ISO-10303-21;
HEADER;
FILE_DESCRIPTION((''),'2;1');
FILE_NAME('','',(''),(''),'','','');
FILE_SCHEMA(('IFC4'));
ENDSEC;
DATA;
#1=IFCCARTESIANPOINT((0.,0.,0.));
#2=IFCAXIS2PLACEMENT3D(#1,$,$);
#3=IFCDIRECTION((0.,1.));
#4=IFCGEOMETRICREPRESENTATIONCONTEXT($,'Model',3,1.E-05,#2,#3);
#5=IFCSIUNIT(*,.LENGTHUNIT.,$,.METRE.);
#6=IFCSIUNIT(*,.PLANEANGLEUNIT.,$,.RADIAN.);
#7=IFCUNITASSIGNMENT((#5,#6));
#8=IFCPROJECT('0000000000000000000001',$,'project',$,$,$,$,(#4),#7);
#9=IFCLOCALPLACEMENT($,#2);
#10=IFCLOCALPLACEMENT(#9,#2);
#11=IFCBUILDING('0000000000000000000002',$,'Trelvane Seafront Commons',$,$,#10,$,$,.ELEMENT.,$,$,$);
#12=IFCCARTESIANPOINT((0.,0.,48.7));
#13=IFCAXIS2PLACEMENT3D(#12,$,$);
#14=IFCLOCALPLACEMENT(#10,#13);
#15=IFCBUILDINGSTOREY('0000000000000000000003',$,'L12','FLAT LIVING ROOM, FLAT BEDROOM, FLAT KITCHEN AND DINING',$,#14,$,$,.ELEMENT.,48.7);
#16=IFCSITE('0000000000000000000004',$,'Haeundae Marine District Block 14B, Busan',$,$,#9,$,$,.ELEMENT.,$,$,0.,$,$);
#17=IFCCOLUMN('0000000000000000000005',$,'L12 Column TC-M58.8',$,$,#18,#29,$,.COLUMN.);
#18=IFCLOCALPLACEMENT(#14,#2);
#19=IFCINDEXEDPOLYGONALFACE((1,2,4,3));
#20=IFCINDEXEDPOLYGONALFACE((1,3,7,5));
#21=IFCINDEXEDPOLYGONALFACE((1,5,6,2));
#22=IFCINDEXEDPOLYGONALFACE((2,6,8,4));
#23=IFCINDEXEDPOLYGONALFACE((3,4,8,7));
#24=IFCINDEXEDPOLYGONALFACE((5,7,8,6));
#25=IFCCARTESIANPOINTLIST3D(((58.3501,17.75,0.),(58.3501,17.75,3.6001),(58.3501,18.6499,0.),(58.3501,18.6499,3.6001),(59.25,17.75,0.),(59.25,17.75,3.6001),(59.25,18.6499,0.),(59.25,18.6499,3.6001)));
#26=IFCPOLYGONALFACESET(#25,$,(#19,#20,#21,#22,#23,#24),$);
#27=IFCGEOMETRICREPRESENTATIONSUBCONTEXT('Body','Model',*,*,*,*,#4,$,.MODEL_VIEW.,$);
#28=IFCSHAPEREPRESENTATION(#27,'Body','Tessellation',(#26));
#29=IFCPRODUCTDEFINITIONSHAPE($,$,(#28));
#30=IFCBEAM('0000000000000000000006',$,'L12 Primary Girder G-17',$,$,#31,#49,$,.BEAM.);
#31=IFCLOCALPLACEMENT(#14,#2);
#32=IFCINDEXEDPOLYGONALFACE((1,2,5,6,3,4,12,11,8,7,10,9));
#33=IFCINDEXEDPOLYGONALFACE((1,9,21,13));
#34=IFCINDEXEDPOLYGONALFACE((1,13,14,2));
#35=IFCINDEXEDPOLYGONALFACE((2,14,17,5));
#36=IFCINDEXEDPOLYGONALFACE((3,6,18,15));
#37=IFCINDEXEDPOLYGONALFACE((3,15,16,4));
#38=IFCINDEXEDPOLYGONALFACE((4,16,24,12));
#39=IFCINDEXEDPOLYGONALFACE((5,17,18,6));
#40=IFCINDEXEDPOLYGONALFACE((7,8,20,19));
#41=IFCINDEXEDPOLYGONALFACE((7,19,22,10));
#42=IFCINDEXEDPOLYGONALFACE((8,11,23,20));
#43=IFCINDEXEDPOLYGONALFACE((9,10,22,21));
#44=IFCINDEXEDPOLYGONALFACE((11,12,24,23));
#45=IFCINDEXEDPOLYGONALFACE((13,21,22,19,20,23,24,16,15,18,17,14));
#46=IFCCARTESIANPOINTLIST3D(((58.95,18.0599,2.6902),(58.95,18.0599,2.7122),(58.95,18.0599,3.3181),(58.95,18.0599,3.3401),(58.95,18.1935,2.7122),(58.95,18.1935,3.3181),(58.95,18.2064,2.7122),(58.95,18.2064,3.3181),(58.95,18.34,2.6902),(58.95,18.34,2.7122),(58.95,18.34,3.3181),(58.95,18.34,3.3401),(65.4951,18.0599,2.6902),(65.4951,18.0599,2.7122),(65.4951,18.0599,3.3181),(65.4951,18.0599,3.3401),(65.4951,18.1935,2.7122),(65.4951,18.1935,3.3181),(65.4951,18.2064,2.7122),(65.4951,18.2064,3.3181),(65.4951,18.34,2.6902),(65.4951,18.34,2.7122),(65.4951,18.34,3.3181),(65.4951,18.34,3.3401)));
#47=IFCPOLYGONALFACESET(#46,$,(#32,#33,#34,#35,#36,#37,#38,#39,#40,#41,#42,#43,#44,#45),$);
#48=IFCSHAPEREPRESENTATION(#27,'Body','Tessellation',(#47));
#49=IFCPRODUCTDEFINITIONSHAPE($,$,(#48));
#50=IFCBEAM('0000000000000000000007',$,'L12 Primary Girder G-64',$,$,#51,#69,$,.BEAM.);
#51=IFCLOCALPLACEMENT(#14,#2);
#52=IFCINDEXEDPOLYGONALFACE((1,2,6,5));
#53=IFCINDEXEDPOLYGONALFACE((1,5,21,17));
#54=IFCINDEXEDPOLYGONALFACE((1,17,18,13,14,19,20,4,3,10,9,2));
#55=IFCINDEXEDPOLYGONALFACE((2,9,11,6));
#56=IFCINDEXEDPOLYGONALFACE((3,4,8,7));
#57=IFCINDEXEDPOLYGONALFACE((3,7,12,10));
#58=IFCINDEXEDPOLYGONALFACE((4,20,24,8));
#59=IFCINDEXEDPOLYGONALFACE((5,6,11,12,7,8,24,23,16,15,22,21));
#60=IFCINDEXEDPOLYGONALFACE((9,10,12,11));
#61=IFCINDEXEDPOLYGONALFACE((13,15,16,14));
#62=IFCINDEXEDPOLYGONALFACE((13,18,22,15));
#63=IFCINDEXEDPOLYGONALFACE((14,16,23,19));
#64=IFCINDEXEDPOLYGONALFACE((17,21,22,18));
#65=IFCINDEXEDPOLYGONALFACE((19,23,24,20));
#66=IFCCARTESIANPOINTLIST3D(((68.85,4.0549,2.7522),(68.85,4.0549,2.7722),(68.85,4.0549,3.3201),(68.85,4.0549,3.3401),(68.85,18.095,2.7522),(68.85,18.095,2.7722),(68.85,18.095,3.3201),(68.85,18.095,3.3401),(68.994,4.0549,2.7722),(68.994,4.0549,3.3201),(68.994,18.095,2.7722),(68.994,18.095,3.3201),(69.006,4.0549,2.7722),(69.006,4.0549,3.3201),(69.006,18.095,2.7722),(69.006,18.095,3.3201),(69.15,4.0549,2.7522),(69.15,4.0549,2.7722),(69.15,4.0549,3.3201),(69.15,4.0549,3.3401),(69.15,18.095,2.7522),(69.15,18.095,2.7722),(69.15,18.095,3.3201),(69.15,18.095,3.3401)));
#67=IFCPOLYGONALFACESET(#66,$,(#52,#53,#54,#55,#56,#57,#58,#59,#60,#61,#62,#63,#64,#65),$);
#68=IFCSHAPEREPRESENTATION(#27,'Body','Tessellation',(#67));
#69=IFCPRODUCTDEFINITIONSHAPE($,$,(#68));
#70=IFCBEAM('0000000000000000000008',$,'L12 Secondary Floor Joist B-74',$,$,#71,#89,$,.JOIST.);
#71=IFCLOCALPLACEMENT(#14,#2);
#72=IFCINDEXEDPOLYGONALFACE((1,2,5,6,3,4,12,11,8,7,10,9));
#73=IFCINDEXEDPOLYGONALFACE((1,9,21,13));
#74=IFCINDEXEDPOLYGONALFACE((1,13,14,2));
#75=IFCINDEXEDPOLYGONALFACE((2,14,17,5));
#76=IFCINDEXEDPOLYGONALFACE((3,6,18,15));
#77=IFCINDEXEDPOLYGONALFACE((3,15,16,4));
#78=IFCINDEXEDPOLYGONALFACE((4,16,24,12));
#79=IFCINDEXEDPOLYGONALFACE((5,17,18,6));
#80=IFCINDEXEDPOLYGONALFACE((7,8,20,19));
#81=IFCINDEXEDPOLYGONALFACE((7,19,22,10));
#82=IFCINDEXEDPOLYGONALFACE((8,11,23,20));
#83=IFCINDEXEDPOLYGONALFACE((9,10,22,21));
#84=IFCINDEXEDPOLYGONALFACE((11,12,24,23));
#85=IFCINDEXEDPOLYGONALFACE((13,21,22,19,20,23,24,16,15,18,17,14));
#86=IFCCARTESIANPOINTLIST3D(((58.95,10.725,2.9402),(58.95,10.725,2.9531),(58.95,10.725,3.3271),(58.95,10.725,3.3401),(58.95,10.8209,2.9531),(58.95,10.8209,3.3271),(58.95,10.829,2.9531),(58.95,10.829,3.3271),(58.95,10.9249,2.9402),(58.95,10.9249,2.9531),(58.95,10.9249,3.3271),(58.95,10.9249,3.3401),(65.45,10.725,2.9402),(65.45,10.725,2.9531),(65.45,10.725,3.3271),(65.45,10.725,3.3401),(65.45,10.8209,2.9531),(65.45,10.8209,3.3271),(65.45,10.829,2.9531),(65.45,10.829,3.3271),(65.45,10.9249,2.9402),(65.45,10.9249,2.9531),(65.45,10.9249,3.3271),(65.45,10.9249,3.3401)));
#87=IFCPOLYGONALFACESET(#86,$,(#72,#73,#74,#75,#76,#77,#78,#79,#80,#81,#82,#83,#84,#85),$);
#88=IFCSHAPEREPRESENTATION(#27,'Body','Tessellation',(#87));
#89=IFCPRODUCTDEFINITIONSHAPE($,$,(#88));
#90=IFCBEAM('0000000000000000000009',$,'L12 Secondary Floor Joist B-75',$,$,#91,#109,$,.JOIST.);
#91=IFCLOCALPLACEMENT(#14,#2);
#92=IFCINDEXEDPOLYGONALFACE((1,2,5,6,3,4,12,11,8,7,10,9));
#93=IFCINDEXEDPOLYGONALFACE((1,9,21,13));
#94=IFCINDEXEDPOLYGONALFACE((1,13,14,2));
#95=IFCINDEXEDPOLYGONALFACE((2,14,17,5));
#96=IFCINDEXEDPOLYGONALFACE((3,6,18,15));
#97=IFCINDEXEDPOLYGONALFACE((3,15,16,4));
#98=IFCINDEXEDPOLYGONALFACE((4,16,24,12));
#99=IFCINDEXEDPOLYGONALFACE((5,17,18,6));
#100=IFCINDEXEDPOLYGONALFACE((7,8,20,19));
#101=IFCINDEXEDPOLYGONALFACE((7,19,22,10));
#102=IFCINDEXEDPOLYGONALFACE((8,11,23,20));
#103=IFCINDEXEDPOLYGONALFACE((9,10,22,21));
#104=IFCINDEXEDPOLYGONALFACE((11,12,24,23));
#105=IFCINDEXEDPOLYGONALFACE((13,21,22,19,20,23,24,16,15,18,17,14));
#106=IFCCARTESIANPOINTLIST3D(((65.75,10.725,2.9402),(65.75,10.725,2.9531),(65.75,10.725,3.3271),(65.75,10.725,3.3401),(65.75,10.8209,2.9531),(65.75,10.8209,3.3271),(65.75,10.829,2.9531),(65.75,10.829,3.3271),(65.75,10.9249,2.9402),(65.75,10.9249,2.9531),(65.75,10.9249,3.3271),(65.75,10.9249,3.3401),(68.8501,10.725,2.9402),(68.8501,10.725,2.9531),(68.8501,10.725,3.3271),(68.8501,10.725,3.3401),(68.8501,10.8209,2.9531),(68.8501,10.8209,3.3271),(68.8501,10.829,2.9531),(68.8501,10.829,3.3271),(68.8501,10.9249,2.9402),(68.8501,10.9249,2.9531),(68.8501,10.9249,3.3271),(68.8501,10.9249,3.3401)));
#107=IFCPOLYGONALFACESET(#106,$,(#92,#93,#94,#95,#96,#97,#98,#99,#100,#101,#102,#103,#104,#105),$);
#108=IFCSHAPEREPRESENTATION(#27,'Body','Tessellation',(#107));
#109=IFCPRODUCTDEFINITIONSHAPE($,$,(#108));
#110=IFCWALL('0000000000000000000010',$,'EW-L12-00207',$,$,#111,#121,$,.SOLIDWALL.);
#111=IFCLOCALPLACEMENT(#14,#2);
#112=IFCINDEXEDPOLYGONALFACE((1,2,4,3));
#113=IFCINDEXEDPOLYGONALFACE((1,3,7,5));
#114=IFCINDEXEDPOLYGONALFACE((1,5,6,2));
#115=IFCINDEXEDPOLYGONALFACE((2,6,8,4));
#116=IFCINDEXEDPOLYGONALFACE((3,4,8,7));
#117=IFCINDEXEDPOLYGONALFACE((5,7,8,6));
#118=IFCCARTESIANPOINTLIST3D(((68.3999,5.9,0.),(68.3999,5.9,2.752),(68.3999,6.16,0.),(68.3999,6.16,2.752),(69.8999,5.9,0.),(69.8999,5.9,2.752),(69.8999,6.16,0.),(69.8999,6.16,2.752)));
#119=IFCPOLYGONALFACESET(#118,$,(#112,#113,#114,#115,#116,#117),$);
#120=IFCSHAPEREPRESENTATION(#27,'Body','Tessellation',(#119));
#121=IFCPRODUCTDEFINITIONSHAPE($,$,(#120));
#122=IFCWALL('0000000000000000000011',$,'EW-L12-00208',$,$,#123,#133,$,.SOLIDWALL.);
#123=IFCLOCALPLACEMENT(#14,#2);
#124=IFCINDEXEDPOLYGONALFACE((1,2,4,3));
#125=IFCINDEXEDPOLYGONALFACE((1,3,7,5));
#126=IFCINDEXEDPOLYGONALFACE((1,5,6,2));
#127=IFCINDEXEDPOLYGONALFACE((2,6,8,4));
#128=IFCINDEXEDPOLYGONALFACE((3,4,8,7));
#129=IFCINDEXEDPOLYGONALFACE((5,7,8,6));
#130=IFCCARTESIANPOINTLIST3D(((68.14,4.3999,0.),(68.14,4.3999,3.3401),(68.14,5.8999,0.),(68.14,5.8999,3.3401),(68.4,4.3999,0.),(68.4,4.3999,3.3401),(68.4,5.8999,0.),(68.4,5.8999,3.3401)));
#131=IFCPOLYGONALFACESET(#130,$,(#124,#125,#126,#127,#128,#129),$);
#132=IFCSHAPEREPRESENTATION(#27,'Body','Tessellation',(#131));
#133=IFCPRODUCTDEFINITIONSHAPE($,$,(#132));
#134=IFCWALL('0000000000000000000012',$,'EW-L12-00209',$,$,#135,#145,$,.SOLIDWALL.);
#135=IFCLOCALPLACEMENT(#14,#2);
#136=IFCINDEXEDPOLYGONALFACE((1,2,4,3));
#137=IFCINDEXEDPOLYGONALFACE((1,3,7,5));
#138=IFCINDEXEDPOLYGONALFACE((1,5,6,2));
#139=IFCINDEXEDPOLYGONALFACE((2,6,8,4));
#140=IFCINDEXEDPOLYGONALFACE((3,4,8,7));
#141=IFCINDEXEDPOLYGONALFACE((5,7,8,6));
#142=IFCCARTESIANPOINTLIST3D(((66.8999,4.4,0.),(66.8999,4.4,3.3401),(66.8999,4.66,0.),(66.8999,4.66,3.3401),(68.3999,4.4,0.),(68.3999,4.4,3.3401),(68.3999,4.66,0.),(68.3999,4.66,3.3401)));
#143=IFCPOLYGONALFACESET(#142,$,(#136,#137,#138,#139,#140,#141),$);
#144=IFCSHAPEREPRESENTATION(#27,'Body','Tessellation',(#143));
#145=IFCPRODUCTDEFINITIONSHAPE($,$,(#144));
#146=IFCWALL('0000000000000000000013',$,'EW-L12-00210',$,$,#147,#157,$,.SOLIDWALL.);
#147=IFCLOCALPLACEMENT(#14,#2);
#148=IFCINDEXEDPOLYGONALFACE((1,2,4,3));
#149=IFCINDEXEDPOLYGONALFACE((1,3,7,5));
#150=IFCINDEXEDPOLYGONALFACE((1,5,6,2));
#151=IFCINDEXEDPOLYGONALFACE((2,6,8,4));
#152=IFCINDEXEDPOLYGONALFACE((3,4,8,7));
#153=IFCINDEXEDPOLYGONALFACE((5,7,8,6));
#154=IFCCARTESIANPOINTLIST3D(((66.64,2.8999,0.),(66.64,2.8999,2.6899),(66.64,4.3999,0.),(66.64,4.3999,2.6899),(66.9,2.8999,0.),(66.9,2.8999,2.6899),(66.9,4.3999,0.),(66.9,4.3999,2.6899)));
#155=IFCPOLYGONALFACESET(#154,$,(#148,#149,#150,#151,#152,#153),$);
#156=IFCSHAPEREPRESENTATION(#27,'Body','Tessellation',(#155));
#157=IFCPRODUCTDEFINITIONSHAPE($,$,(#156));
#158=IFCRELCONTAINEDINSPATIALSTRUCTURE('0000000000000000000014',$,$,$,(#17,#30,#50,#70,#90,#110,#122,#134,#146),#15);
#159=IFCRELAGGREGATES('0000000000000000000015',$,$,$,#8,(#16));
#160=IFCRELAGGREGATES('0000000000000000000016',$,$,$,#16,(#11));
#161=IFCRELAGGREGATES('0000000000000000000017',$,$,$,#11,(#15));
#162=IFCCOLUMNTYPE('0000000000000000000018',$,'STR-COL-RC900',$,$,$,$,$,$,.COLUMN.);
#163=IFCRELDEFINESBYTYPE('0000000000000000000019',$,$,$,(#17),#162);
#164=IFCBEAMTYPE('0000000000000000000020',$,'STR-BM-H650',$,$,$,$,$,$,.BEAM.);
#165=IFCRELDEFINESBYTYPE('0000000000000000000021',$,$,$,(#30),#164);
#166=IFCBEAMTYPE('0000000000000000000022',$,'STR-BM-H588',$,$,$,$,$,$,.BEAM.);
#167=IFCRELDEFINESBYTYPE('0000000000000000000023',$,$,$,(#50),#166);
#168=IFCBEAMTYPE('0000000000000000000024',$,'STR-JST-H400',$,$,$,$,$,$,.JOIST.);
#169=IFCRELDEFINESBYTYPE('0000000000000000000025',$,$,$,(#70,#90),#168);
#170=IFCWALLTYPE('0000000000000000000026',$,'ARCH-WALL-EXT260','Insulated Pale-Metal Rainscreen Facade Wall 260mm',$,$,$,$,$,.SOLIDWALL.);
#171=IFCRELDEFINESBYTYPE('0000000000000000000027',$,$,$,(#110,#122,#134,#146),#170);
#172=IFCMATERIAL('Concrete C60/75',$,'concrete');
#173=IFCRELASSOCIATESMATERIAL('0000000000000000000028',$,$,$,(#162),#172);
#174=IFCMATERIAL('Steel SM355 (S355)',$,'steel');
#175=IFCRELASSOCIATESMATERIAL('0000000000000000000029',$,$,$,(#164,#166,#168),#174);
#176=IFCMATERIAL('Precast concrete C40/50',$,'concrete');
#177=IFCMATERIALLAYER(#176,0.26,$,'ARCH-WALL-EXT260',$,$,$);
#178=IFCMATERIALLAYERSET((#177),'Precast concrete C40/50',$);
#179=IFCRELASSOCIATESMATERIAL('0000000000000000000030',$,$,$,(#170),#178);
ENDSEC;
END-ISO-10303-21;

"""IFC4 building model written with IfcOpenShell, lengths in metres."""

from ifc_helpers import new_model, si_unit, direction, frame, frame_2d, origin, origin_2d, place, context, subcontext, project, spatial, rectangle, i_section, extrude, source, transform, mapped, material, layer, layer_set, material_profile, profile_set, type_object, element, save


model = new_model("IFC4")

# Units and contexts
model_context = context("Model", 3, precision=1e-05, world=origin(), true_north=direction((0.0, 1.0)))
body_context = subcontext(model_context, "Body", "Model", "MODEL_VIEW")
ifc_project = project(units=[si_unit("LENGTHUNIT", "METRE"), si_unit("PLANEANGLEUNIT", "RADIAN")], contexts=[model_context])

# Site, building, storey
site_placement = place(None, origin())
site = spatial("IfcSite", under=ifc_project, at=site_placement, Name="Haeundae Marine District Block 14B, Busan", CompositionType="ELEMENT", RefElevation=0.0)
building_placement = place(site_placement, origin())
building = spatial("IfcBuilding", under=site, at=building_placement, Name="Trelvane Seafront Commons", CompositionType="ELEMENT")
storey_placement = place(building_placement, frame((0.0, 0.0, 48.7)))
storey = spatial("IfcBuildingStorey", under=building, at=storey_placement, Name="L12", Description="FLAT LIVING ROOM, FLAT BEDROOM, FLAT KITCHEN AND DINING", CompositionType="ELEMENT", Elevation=48.7)

# Column
ifc_material_1 = material(Name="Concrete C60/75", Category="concrete")
ifc_material_profile_1 = material_profile(ifc_material_1, rectangle(XDim=0.8999, YDim=0.8999, at=origin_2d()), Name="RC-900x900")
ifc_profile_set_1 = profile_set([ifc_material_profile_1], Name="Concrete C60/75")
column_type = type_object("IfcColumnType", Name="STR-COL-RC900", PredefinedType="COLUMN", material=ifc_profile_set_1)
shared_shape_1 = source(origin(), body_context, "Body", "SweptSolid", [
    extrude(rectangle(XDim=0.8999, YDim=0.8999, at=origin_2d()), origin(), (0.0, 0.0, 1.0), 3.6001),
])
column_placement = place(storey_placement, frame((58.8, 18.2, 0.0), z_axis=(0.0, 0.0, 1.0), x_axis=(1.0, 0.0, 0.0)))
element("IfcColumn", 1, at=column_placement, inside=storey, type_object=column_type, Name="L12 Column TC-M58.8", PredefinedType="COLUMN", context=body_context, shape_type="MappedRepresentation", body=[
    mapped(shared_shape_1, transform((0.0, 0.0, 0.0), x_axis=(1.0, 0.0, 0.0), y_axis=(0.0, 1.0, 0.0), z_axis=(0.0, 0.0, 1.0), scale=1.0)),
])

# Beams
ifc_material_2 = material(Name="Steel SM355 (S355)", Category="steel")
ifc_material_profile_2 = material_profile(ifc_material_2, i_section(OverallWidth=0.28, OverallDepth=0.6499, WebThickness=0.0129, FlangeThickness=0.022, at=origin_2d()), Name="H-650x280x13x22")
ifc_profile_set_2 = profile_set([ifc_material_profile_2], Name="Steel SM355 (S355)")
beam_type_1 = type_object("IfcBeamType", Name="STR-BM-H650", PredefinedType="BEAM", material=ifc_profile_set_2)
shared_shape_2 = source(origin(), body_context, "Body", "SweptSolid", [
    extrude(i_section(OverallWidth=0.28, OverallDepth=0.6499, WebThickness=0.0129, FlangeThickness=0.022, at=origin_2d()), origin(), (0.0, 0.0, 1.0), 6.5452),
])
beam_1_placement = place(storey_placement, frame((58.95, 18.2, 3.0151), z_axis=(1.0, 0.0, 0.0), x_axis=(0.0, 1.0, 0.0)))
element("IfcBeam", 2, at=beam_1_placement, inside=storey, type_object=beam_type_1, Name="L12 Primary Girder G-17", PredefinedType="BEAM", context=body_context, shape_type="MappedRepresentation", body=[
    mapped(shared_shape_2, transform((0.0, 0.0, 0.0), x_axis=(1.0, 0.0, 0.0), y_axis=(0.0, 1.0, 0.0), z_axis=(0.0, 0.0, 1.0), scale=1.0)),
])
ifc_material_profile_3 = material_profile(ifc_material_2, i_section(OverallWidth=0.3, OverallDepth=0.5879, WebThickness=0.012, FlangeThickness=0.02, at=origin_2d()), Name="H-588x300x12x20")
ifc_profile_set_3 = profile_set([ifc_material_profile_3], Name="Steel SM355 (S355)")
beam_type_2 = type_object("IfcBeamType", Name="STR-BM-H588", PredefinedType="BEAM", material=ifc_profile_set_3)
shared_shape_3 = source(origin(), body_context, "Body", "SweptSolid", [
    extrude(i_section(OverallWidth=0.3, OverallDepth=0.5879, WebThickness=0.012, FlangeThickness=0.02, at=origin_2d()), origin(), (0.0, 0.0, 1.0), 14.04),
])
beam_2_placement = place(storey_placement, frame((69.0, 4.0549, 3.0461), z_axis=(0.0, 1.0, 0.0), x_axis=(-1.0, 0.0, 0.0)))
element("IfcBeam", 3, at=beam_2_placement, inside=storey, type_object=beam_type_2, Name="L12 Primary Girder G-64", PredefinedType="BEAM", context=body_context, shape_type="MappedRepresentation", body=[
    mapped(shared_shape_3, transform((0.0, 0.0, 0.0), x_axis=(1.0, 0.0, 0.0), y_axis=(0.0, 1.0, 0.0), z_axis=(0.0, 0.0, 1.0), scale=1.0)),
])
ifc_material_profile_4 = material_profile(ifc_material_2, i_section(OverallWidth=0.2, OverallDepth=0.3999, WebThickness=0.0081, FlangeThickness=0.0129, at=origin_2d()), Name="H-400x200x8x13")
ifc_profile_set_4 = profile_set([ifc_material_profile_4], Name="Steel SM355 (S355)")
beam_type_3 = type_object("IfcBeamType", Name="STR-JST-H400", PredefinedType="JOIST", material=ifc_profile_set_4)
shared_shape_4 = source(origin(), body_context, "Body", "SweptSolid", [
    extrude(i_section(OverallWidth=0.2, OverallDepth=0.3999, WebThickness=0.0081, FlangeThickness=0.0129, at=origin_2d()), origin(), (0.0, 0.0, 1.0), 6.5),
])
beam_3_placement = place(storey_placement, frame((58.95, 10.825, 3.1401), z_axis=(1.0, 0.0, 0.0), x_axis=(0.0, 1.0, 0.0)))
element("IfcBeam", 4, at=beam_3_placement, inside=storey, type_object=beam_type_3, Name="L12 Secondary Floor Joist B-74", PredefinedType="JOIST", context=body_context, shape_type="MappedRepresentation", body=[
    mapped(shared_shape_4, transform((0.0, 0.0, 0.0), x_axis=(1.0, 0.0, 0.0), y_axis=(0.0, 1.0, 0.0), z_axis=(0.0, 0.0, 1.0), scale=1.0)),
])
shared_shape_5 = source(origin(), body_context, "Body", "SweptSolid", [
    extrude(i_section(OverallWidth=0.2, OverallDepth=0.3999, WebThickness=0.0081, FlangeThickness=0.0129, at=origin_2d()), origin(), (0.0, 0.0, 1.0), 3.1001),
])
beam_4_placement = place(storey_placement, frame((65.75, 10.825, 3.1401), z_axis=(1.0, 0.0, 0.0), x_axis=(0.0, 1.0, 0.0)))
element("IfcBeam", 5, at=beam_4_placement, inside=storey, type_object=beam_type_3, Name="L12 Secondary Floor Joist B-75", PredefinedType="JOIST", context=body_context, shape_type="MappedRepresentation", body=[
    mapped(shared_shape_5, transform((0.0, 0.0, 0.0), x_axis=(1.0, 0.0, 0.0), y_axis=(0.0, 1.0, 0.0), z_axis=(0.0, 0.0, 1.0), scale=1.0)),
])

# Walls
ifc_material_3 = material(Name="Precast concrete C40/50", Category="concrete")
ifc_layer_1 = layer(ifc_material_3, 0.26, Name="ARCH-WALL-EXT260")
ifc_layer_set_1 = layer_set([ifc_layer_1], Name="Precast concrete C40/50")
wall_type_1 = type_object("IfcWallType", Name="ARCH-WALL-EXT260", Description="Insulated Pale-Metal Rainscreen Facade Wall 260mm", PredefinedType="SOLIDWALL", material=ifc_layer_set_1)
wall_1_placement = place(storey_placement, frame((69.8999, 6.03, 0.0), z_axis=(0.0, 0.0, 1.0), x_axis=(-1.0, 0.0, 0.0)))
element("IfcWall", 6, at=wall_1_placement, inside=storey, type_object=wall_type_1, Name="EW-L12-00207", PredefinedType="SOLIDWALL", context=body_context, shape_type="SweptSolid", body=[
    extrude(rectangle(XDim=1.5, YDim=0.26, at=frame_2d((0.75, 0.0))), origin(), (0.0, 0.0, 1.0), 2.752),
])
for number, where, z_axis, x_axis, name in (
    (7, (68.27, 5.8999, 0.0), (0.0, 0.0, 1.0), (0.0, -1.0, 0.0), "EW-L12-00208"),
    (8, (68.3999, 4.53, 0.0), (0.0, 0.0, 1.0), (-1.0, 0.0, 0.0), "EW-L12-00209"),
):
    element("IfcWall", number, at=place(storey_placement, frame(where, z_axis=z_axis, x_axis=x_axis)), inside=storey, type_object=wall_type_1, Name=name, PredefinedType="SOLIDWALL", context=body_context, shape_type="SweptSolid", body=[
        extrude(rectangle(XDim=1.5, YDim=0.26, at=frame_2d((0.75, 0.0))), origin(), (0.0, 0.0, 1.0), 3.3401),
    ])
wall_2_placement = place(storey_placement, frame((66.77, 4.3999, 0.0), z_axis=(0.0, 0.0, 1.0), x_axis=(0.0, -1.0, 0.0)))
element("IfcWall", 9, at=wall_2_placement, inside=storey, type_object=wall_type_1, Name="EW-L12-00210", PredefinedType="SOLIDWALL", context=body_context, shape_type="SweptSolid", body=[
    extrude(rectangle(XDim=1.5, YDim=0.26, at=frame_2d((0.75, 0.0))), origin(), (0.0, 0.0, 1.0), 2.6899),
])

save(model, "model.ifc")
